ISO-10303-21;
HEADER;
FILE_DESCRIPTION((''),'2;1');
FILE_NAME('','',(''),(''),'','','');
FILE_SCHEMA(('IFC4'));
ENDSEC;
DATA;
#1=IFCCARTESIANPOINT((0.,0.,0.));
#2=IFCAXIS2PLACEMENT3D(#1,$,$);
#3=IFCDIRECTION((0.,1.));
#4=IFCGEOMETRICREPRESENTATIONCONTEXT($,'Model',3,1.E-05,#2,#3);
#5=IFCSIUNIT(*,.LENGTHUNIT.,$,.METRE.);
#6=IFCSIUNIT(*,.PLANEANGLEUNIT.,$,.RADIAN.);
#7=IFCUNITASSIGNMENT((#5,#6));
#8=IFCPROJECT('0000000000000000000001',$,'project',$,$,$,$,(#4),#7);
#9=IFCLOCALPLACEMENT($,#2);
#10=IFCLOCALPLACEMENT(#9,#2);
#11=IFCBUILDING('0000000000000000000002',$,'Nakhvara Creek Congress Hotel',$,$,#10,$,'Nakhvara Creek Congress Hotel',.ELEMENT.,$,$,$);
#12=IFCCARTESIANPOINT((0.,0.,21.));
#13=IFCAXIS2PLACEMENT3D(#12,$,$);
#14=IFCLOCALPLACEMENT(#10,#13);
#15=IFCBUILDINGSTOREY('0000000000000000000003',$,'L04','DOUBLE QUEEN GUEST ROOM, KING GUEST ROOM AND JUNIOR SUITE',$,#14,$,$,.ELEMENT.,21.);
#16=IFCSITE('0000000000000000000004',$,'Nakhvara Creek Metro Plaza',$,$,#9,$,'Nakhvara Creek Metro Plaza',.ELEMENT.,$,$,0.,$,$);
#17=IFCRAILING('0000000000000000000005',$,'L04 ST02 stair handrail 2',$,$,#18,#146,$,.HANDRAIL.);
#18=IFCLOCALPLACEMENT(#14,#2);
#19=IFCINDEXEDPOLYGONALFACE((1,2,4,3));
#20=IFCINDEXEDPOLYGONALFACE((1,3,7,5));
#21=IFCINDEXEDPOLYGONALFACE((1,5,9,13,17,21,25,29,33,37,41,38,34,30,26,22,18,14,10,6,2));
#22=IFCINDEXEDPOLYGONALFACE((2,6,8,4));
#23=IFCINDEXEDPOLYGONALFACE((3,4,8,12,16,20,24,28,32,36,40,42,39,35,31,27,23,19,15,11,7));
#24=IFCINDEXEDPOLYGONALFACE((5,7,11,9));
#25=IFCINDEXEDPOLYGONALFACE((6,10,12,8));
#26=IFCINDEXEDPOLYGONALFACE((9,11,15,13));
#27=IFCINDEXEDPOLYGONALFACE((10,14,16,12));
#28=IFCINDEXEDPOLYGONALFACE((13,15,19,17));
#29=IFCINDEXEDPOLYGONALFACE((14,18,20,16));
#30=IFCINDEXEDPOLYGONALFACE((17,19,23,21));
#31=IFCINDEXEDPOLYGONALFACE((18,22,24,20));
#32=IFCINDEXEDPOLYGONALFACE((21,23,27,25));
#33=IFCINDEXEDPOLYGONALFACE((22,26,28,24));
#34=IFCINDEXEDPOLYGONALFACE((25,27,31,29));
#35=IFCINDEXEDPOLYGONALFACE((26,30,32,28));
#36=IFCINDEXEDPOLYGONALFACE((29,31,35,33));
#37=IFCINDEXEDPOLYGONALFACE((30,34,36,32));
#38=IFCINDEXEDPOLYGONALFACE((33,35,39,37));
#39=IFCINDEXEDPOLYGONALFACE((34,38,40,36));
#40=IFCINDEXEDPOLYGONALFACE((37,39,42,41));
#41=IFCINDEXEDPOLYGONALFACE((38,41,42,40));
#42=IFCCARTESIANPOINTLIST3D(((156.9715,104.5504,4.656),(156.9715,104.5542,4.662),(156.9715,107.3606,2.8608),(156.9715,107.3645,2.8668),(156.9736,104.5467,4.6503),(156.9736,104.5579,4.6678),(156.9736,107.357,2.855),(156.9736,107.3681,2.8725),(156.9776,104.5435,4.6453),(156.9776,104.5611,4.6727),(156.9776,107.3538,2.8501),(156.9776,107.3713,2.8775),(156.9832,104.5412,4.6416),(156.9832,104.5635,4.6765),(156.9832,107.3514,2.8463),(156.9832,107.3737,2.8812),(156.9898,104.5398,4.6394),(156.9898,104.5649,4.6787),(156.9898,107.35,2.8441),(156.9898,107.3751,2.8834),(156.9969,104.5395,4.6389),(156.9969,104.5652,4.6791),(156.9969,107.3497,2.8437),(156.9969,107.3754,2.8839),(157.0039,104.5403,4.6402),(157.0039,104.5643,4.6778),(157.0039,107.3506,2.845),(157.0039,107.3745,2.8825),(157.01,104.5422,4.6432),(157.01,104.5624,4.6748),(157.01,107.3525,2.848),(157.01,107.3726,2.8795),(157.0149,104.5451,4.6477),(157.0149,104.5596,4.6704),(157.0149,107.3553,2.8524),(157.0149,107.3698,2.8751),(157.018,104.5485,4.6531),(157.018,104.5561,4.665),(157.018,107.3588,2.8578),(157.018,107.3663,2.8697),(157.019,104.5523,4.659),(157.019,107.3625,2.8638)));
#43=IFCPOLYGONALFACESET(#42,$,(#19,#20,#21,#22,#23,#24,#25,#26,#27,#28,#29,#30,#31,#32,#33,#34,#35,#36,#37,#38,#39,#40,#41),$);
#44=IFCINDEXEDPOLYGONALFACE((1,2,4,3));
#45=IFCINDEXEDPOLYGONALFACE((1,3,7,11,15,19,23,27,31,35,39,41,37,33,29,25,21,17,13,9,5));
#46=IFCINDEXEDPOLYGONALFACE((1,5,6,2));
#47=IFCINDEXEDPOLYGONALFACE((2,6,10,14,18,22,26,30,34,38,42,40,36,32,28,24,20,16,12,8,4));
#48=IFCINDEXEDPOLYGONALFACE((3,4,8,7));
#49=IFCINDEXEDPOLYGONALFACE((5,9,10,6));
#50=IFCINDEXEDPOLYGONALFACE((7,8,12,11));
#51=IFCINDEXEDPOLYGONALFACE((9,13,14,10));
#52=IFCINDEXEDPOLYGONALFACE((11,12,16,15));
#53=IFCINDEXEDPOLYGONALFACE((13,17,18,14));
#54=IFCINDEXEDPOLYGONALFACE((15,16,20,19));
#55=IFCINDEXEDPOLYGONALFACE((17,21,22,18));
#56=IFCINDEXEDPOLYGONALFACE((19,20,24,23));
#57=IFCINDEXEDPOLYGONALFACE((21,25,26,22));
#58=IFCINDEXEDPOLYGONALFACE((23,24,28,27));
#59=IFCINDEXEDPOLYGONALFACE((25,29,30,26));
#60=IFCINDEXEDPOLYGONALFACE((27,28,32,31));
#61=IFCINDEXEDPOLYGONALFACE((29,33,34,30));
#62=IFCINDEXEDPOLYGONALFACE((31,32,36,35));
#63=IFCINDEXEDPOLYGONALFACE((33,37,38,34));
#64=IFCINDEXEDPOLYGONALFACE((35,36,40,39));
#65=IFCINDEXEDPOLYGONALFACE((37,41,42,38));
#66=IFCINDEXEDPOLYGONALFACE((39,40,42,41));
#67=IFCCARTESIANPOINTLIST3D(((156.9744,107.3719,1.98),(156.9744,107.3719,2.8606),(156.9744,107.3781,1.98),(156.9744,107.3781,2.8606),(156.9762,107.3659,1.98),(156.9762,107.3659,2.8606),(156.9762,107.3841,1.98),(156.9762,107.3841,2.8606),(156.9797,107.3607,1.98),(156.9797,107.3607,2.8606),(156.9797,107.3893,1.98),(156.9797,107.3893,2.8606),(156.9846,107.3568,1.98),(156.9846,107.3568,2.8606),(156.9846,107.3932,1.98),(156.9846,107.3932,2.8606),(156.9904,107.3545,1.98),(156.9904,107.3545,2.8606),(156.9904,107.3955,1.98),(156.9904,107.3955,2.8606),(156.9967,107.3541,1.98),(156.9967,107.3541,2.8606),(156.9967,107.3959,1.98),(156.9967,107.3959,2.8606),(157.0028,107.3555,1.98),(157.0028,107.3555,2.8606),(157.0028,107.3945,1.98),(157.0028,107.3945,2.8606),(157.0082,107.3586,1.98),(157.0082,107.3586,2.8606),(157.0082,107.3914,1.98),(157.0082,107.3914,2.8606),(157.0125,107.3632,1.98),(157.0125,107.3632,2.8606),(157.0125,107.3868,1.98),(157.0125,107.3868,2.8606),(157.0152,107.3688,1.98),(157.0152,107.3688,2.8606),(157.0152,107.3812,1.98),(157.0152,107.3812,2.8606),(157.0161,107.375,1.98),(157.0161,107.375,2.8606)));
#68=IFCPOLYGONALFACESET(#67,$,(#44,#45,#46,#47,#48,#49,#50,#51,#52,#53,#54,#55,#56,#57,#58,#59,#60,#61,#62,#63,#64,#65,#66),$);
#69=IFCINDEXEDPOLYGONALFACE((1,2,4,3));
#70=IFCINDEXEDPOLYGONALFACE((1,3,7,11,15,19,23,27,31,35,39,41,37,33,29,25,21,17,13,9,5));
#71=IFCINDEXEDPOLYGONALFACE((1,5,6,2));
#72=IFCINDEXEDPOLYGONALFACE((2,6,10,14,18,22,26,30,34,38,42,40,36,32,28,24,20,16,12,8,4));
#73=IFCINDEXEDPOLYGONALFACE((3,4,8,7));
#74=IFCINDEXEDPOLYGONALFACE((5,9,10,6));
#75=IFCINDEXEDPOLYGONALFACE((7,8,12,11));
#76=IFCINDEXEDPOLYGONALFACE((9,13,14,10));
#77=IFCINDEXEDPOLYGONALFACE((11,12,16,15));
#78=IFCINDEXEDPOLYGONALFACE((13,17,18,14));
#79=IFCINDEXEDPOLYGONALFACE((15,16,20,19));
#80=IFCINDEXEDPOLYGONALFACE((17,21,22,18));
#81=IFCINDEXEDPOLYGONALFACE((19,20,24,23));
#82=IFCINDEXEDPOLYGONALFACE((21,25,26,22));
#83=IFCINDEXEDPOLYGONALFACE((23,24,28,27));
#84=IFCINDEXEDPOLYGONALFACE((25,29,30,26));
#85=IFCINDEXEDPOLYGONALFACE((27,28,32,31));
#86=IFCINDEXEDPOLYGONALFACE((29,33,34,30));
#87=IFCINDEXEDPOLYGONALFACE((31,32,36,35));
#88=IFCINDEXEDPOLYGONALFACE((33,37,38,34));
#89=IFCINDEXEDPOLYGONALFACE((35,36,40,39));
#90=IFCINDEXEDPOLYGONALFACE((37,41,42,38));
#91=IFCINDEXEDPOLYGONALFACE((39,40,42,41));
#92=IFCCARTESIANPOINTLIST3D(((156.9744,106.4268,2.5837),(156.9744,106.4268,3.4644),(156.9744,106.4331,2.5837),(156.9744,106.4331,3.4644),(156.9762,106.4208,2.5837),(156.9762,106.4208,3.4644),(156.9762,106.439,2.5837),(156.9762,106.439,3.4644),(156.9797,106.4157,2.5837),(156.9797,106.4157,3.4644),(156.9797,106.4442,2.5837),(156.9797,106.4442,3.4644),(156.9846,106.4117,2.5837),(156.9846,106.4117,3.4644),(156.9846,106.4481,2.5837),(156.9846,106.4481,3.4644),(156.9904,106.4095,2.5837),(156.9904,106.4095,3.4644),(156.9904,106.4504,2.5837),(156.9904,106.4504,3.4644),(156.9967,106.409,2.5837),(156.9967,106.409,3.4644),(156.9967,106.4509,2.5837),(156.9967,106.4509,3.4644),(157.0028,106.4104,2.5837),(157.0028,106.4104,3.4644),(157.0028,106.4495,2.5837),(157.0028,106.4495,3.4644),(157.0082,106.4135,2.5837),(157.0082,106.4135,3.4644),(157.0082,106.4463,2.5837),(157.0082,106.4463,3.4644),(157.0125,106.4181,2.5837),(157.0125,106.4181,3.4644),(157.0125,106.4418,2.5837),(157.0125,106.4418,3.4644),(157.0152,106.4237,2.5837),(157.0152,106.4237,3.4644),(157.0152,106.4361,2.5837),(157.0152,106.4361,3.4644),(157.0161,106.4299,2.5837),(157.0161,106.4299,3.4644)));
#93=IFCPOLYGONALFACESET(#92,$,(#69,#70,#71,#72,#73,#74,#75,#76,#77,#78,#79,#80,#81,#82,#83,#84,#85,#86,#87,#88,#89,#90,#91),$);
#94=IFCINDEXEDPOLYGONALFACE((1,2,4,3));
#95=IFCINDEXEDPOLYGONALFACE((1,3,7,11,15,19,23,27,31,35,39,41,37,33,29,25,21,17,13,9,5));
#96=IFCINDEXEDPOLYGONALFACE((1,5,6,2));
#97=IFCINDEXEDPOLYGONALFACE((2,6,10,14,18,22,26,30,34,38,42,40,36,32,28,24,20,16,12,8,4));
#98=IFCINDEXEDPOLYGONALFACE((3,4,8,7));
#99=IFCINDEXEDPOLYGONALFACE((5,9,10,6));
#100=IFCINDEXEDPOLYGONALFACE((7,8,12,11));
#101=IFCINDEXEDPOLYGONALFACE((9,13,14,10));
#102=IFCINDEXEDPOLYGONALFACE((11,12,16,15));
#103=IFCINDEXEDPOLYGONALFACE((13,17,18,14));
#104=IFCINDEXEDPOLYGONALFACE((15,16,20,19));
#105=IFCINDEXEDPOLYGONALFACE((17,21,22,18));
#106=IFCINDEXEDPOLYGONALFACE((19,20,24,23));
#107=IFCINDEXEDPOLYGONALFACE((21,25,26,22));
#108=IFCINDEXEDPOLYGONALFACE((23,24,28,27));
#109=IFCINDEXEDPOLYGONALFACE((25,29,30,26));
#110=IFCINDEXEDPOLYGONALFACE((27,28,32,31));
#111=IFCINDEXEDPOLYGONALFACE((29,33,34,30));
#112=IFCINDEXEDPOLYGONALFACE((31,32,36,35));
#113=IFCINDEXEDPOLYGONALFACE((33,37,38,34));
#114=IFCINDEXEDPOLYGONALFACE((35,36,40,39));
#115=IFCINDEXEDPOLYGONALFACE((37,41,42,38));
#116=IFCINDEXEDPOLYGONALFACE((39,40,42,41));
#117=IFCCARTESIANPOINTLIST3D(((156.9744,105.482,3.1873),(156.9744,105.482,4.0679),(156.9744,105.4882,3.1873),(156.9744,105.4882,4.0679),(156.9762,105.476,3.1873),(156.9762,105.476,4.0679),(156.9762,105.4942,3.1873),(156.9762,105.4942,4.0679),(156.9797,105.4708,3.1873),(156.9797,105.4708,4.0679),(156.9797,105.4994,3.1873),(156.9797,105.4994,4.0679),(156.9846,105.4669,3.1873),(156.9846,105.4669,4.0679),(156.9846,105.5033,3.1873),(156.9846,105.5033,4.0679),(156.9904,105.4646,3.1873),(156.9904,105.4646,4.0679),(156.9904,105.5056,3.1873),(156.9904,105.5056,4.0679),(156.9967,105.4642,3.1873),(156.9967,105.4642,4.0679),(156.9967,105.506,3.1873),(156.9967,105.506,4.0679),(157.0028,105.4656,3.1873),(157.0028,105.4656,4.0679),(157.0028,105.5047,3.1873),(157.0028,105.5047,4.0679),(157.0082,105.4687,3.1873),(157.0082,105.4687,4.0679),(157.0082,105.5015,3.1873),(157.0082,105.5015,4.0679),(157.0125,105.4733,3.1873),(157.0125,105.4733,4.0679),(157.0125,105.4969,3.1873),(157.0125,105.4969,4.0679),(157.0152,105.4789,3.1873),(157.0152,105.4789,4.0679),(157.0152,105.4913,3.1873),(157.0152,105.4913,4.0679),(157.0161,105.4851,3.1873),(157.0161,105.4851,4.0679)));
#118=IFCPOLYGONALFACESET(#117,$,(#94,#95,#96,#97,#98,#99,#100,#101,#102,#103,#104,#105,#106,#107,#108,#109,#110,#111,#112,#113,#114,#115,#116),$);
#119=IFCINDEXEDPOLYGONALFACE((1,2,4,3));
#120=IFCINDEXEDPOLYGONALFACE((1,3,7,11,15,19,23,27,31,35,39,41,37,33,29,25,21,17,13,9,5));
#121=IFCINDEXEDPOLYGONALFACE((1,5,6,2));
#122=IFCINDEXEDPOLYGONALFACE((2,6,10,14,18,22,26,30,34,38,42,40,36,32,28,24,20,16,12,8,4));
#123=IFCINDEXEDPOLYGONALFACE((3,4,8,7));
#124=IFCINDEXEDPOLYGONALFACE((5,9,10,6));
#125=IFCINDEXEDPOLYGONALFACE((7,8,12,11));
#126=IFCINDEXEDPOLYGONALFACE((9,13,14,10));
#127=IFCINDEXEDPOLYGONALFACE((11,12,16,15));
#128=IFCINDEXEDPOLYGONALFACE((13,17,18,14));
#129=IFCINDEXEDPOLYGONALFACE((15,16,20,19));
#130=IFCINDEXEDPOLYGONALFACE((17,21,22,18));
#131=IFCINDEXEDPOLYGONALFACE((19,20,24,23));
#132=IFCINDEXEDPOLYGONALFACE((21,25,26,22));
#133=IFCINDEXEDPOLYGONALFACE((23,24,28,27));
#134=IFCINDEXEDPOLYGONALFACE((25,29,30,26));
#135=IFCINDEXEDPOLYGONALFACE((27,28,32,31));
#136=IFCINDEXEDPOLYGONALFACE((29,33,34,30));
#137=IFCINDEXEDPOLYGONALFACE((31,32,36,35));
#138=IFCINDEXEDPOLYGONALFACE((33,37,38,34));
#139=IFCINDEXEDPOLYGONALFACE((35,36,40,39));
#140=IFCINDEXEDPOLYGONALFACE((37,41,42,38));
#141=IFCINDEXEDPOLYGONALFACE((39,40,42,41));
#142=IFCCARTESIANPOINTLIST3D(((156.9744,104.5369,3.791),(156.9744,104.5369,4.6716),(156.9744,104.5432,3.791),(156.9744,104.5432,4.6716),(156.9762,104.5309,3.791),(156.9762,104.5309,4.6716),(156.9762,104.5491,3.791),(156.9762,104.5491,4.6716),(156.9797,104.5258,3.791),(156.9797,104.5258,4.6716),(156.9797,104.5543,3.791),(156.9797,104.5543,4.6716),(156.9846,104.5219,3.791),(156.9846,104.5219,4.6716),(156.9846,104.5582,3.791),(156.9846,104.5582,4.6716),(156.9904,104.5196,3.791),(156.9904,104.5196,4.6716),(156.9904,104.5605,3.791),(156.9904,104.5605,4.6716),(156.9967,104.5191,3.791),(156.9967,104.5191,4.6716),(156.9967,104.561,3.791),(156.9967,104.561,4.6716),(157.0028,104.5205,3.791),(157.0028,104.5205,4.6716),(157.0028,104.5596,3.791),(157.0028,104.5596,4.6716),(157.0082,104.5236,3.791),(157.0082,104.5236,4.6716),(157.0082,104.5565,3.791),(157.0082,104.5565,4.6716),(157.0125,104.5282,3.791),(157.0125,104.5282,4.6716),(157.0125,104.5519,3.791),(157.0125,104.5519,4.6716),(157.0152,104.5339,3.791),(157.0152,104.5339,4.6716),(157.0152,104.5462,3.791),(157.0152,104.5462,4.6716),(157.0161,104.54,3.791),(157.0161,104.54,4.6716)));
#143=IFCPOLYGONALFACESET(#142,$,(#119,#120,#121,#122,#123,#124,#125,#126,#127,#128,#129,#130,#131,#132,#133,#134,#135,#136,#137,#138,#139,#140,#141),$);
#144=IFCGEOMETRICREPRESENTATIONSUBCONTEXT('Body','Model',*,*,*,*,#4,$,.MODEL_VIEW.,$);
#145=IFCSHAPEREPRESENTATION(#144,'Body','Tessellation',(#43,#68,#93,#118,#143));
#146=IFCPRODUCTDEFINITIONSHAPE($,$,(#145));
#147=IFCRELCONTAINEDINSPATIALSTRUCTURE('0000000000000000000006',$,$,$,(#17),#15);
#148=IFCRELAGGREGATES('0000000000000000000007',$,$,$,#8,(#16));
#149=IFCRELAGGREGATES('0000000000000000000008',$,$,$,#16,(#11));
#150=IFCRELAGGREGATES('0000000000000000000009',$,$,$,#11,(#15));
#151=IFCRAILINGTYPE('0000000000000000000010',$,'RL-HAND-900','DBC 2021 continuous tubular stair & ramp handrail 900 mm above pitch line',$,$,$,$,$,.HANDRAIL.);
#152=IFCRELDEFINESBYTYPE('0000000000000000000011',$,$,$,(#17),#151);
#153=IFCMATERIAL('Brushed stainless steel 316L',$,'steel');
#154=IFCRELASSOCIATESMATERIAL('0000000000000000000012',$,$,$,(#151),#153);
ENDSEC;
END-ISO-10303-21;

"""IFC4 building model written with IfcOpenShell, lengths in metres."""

from ifc_helpers import new_model, si_unit, direction, frame, origin, origin_2d, place, context, subcontext, project, spatial, circle, extrude, material, type_object, element, save


model = new_model("IFC4")

# Units and contexts
model_context = context("Model", 3, precision=1e-05, world=origin(), true_north=direction((0.0, 1.0)))
body_context = subcontext(model_context, "Body", "Model", "MODEL_VIEW")
ifc_project = project(units=[si_unit("LENGTHUNIT", "METRE"), si_unit("PLANEANGLEUNIT", "RADIAN")], contexts=[model_context])

# Site, building, storey
site_placement = place(None, origin())
site = spatial("IfcSite", under=ifc_project, at=site_placement, Name="Nakhvara Creek Metro Plaza", LongName="Nakhvara Creek Metro Plaza", CompositionType="ELEMENT", RefElevation=0.0)
building_placement = place(site_placement, origin())
building = spatial("IfcBuilding", under=site, at=building_placement, Name="Nakhvara Creek Congress Hotel", LongName="Nakhvara Creek Congress Hotel", CompositionType="ELEMENT")
storey_placement = place(building_placement, frame((0.0, 0.0, 21.0)))
storey = spatial("IfcBuildingStorey", under=building, at=storey_placement, Name="L04", Description="DOUBLE QUEEN GUEST ROOM, KING GUEST ROOM AND JUNIOR SUITE", CompositionType="ELEMENT", Elevation=21.0)

# Railing
ifc_material_1 = material(Name="Brushed stainless steel 316L", Category="steel")
railing_type_1 = type_object("IfcRailingType", Name="RL-HAND-900", Description="DBC 2021 continuous tubular stair & ramp handrail 900 mm above pitch line", PredefinedType="HANDRAIL", material=ifc_material_1)
railing_1_placement = place(storey_placement, frame((156.9951, 107.375, 1.98)))
element("IfcRailing", 1, at=railing_1_placement, inside=storey, type_object=railing_type_1, Name="L04 ST02 stair handrail 2", PredefinedType="HANDRAIL", context=body_context, shape_type="SweptSolid", body=[
    extrude(circle(Radius=0.0239, at=origin_2d()), frame((0.0, -0.0125, 0.8838), z_axis=(0.0, -0.842722, 0.538349), x_axis=(1.0, 0.0, 0.0)), (0.0, 0.0, 1.0), 3.3347),
    extrude(circle(Radius=0.021, at=origin_2d()), origin(), (0.0, 0.0, 1.0), 0.8806),
    extrude(circle(Radius=0.021, at=origin_2d()), frame((0.0, -0.9451, 0.6038)), (0.0, 0.0, 1.0), 0.8806),
    extrude(circle(Radius=0.021, at=origin_2d()), frame((0.0, -1.8899, 1.2073)), (0.0, 0.0, 1.0), 0.8806),
    extrude(circle(Radius=0.021, at=origin_2d()), frame((0.0, -2.835, 1.811)), (0.0, 0.0, 1.0), 0.8806),
])

save(model, "model.ifc")
